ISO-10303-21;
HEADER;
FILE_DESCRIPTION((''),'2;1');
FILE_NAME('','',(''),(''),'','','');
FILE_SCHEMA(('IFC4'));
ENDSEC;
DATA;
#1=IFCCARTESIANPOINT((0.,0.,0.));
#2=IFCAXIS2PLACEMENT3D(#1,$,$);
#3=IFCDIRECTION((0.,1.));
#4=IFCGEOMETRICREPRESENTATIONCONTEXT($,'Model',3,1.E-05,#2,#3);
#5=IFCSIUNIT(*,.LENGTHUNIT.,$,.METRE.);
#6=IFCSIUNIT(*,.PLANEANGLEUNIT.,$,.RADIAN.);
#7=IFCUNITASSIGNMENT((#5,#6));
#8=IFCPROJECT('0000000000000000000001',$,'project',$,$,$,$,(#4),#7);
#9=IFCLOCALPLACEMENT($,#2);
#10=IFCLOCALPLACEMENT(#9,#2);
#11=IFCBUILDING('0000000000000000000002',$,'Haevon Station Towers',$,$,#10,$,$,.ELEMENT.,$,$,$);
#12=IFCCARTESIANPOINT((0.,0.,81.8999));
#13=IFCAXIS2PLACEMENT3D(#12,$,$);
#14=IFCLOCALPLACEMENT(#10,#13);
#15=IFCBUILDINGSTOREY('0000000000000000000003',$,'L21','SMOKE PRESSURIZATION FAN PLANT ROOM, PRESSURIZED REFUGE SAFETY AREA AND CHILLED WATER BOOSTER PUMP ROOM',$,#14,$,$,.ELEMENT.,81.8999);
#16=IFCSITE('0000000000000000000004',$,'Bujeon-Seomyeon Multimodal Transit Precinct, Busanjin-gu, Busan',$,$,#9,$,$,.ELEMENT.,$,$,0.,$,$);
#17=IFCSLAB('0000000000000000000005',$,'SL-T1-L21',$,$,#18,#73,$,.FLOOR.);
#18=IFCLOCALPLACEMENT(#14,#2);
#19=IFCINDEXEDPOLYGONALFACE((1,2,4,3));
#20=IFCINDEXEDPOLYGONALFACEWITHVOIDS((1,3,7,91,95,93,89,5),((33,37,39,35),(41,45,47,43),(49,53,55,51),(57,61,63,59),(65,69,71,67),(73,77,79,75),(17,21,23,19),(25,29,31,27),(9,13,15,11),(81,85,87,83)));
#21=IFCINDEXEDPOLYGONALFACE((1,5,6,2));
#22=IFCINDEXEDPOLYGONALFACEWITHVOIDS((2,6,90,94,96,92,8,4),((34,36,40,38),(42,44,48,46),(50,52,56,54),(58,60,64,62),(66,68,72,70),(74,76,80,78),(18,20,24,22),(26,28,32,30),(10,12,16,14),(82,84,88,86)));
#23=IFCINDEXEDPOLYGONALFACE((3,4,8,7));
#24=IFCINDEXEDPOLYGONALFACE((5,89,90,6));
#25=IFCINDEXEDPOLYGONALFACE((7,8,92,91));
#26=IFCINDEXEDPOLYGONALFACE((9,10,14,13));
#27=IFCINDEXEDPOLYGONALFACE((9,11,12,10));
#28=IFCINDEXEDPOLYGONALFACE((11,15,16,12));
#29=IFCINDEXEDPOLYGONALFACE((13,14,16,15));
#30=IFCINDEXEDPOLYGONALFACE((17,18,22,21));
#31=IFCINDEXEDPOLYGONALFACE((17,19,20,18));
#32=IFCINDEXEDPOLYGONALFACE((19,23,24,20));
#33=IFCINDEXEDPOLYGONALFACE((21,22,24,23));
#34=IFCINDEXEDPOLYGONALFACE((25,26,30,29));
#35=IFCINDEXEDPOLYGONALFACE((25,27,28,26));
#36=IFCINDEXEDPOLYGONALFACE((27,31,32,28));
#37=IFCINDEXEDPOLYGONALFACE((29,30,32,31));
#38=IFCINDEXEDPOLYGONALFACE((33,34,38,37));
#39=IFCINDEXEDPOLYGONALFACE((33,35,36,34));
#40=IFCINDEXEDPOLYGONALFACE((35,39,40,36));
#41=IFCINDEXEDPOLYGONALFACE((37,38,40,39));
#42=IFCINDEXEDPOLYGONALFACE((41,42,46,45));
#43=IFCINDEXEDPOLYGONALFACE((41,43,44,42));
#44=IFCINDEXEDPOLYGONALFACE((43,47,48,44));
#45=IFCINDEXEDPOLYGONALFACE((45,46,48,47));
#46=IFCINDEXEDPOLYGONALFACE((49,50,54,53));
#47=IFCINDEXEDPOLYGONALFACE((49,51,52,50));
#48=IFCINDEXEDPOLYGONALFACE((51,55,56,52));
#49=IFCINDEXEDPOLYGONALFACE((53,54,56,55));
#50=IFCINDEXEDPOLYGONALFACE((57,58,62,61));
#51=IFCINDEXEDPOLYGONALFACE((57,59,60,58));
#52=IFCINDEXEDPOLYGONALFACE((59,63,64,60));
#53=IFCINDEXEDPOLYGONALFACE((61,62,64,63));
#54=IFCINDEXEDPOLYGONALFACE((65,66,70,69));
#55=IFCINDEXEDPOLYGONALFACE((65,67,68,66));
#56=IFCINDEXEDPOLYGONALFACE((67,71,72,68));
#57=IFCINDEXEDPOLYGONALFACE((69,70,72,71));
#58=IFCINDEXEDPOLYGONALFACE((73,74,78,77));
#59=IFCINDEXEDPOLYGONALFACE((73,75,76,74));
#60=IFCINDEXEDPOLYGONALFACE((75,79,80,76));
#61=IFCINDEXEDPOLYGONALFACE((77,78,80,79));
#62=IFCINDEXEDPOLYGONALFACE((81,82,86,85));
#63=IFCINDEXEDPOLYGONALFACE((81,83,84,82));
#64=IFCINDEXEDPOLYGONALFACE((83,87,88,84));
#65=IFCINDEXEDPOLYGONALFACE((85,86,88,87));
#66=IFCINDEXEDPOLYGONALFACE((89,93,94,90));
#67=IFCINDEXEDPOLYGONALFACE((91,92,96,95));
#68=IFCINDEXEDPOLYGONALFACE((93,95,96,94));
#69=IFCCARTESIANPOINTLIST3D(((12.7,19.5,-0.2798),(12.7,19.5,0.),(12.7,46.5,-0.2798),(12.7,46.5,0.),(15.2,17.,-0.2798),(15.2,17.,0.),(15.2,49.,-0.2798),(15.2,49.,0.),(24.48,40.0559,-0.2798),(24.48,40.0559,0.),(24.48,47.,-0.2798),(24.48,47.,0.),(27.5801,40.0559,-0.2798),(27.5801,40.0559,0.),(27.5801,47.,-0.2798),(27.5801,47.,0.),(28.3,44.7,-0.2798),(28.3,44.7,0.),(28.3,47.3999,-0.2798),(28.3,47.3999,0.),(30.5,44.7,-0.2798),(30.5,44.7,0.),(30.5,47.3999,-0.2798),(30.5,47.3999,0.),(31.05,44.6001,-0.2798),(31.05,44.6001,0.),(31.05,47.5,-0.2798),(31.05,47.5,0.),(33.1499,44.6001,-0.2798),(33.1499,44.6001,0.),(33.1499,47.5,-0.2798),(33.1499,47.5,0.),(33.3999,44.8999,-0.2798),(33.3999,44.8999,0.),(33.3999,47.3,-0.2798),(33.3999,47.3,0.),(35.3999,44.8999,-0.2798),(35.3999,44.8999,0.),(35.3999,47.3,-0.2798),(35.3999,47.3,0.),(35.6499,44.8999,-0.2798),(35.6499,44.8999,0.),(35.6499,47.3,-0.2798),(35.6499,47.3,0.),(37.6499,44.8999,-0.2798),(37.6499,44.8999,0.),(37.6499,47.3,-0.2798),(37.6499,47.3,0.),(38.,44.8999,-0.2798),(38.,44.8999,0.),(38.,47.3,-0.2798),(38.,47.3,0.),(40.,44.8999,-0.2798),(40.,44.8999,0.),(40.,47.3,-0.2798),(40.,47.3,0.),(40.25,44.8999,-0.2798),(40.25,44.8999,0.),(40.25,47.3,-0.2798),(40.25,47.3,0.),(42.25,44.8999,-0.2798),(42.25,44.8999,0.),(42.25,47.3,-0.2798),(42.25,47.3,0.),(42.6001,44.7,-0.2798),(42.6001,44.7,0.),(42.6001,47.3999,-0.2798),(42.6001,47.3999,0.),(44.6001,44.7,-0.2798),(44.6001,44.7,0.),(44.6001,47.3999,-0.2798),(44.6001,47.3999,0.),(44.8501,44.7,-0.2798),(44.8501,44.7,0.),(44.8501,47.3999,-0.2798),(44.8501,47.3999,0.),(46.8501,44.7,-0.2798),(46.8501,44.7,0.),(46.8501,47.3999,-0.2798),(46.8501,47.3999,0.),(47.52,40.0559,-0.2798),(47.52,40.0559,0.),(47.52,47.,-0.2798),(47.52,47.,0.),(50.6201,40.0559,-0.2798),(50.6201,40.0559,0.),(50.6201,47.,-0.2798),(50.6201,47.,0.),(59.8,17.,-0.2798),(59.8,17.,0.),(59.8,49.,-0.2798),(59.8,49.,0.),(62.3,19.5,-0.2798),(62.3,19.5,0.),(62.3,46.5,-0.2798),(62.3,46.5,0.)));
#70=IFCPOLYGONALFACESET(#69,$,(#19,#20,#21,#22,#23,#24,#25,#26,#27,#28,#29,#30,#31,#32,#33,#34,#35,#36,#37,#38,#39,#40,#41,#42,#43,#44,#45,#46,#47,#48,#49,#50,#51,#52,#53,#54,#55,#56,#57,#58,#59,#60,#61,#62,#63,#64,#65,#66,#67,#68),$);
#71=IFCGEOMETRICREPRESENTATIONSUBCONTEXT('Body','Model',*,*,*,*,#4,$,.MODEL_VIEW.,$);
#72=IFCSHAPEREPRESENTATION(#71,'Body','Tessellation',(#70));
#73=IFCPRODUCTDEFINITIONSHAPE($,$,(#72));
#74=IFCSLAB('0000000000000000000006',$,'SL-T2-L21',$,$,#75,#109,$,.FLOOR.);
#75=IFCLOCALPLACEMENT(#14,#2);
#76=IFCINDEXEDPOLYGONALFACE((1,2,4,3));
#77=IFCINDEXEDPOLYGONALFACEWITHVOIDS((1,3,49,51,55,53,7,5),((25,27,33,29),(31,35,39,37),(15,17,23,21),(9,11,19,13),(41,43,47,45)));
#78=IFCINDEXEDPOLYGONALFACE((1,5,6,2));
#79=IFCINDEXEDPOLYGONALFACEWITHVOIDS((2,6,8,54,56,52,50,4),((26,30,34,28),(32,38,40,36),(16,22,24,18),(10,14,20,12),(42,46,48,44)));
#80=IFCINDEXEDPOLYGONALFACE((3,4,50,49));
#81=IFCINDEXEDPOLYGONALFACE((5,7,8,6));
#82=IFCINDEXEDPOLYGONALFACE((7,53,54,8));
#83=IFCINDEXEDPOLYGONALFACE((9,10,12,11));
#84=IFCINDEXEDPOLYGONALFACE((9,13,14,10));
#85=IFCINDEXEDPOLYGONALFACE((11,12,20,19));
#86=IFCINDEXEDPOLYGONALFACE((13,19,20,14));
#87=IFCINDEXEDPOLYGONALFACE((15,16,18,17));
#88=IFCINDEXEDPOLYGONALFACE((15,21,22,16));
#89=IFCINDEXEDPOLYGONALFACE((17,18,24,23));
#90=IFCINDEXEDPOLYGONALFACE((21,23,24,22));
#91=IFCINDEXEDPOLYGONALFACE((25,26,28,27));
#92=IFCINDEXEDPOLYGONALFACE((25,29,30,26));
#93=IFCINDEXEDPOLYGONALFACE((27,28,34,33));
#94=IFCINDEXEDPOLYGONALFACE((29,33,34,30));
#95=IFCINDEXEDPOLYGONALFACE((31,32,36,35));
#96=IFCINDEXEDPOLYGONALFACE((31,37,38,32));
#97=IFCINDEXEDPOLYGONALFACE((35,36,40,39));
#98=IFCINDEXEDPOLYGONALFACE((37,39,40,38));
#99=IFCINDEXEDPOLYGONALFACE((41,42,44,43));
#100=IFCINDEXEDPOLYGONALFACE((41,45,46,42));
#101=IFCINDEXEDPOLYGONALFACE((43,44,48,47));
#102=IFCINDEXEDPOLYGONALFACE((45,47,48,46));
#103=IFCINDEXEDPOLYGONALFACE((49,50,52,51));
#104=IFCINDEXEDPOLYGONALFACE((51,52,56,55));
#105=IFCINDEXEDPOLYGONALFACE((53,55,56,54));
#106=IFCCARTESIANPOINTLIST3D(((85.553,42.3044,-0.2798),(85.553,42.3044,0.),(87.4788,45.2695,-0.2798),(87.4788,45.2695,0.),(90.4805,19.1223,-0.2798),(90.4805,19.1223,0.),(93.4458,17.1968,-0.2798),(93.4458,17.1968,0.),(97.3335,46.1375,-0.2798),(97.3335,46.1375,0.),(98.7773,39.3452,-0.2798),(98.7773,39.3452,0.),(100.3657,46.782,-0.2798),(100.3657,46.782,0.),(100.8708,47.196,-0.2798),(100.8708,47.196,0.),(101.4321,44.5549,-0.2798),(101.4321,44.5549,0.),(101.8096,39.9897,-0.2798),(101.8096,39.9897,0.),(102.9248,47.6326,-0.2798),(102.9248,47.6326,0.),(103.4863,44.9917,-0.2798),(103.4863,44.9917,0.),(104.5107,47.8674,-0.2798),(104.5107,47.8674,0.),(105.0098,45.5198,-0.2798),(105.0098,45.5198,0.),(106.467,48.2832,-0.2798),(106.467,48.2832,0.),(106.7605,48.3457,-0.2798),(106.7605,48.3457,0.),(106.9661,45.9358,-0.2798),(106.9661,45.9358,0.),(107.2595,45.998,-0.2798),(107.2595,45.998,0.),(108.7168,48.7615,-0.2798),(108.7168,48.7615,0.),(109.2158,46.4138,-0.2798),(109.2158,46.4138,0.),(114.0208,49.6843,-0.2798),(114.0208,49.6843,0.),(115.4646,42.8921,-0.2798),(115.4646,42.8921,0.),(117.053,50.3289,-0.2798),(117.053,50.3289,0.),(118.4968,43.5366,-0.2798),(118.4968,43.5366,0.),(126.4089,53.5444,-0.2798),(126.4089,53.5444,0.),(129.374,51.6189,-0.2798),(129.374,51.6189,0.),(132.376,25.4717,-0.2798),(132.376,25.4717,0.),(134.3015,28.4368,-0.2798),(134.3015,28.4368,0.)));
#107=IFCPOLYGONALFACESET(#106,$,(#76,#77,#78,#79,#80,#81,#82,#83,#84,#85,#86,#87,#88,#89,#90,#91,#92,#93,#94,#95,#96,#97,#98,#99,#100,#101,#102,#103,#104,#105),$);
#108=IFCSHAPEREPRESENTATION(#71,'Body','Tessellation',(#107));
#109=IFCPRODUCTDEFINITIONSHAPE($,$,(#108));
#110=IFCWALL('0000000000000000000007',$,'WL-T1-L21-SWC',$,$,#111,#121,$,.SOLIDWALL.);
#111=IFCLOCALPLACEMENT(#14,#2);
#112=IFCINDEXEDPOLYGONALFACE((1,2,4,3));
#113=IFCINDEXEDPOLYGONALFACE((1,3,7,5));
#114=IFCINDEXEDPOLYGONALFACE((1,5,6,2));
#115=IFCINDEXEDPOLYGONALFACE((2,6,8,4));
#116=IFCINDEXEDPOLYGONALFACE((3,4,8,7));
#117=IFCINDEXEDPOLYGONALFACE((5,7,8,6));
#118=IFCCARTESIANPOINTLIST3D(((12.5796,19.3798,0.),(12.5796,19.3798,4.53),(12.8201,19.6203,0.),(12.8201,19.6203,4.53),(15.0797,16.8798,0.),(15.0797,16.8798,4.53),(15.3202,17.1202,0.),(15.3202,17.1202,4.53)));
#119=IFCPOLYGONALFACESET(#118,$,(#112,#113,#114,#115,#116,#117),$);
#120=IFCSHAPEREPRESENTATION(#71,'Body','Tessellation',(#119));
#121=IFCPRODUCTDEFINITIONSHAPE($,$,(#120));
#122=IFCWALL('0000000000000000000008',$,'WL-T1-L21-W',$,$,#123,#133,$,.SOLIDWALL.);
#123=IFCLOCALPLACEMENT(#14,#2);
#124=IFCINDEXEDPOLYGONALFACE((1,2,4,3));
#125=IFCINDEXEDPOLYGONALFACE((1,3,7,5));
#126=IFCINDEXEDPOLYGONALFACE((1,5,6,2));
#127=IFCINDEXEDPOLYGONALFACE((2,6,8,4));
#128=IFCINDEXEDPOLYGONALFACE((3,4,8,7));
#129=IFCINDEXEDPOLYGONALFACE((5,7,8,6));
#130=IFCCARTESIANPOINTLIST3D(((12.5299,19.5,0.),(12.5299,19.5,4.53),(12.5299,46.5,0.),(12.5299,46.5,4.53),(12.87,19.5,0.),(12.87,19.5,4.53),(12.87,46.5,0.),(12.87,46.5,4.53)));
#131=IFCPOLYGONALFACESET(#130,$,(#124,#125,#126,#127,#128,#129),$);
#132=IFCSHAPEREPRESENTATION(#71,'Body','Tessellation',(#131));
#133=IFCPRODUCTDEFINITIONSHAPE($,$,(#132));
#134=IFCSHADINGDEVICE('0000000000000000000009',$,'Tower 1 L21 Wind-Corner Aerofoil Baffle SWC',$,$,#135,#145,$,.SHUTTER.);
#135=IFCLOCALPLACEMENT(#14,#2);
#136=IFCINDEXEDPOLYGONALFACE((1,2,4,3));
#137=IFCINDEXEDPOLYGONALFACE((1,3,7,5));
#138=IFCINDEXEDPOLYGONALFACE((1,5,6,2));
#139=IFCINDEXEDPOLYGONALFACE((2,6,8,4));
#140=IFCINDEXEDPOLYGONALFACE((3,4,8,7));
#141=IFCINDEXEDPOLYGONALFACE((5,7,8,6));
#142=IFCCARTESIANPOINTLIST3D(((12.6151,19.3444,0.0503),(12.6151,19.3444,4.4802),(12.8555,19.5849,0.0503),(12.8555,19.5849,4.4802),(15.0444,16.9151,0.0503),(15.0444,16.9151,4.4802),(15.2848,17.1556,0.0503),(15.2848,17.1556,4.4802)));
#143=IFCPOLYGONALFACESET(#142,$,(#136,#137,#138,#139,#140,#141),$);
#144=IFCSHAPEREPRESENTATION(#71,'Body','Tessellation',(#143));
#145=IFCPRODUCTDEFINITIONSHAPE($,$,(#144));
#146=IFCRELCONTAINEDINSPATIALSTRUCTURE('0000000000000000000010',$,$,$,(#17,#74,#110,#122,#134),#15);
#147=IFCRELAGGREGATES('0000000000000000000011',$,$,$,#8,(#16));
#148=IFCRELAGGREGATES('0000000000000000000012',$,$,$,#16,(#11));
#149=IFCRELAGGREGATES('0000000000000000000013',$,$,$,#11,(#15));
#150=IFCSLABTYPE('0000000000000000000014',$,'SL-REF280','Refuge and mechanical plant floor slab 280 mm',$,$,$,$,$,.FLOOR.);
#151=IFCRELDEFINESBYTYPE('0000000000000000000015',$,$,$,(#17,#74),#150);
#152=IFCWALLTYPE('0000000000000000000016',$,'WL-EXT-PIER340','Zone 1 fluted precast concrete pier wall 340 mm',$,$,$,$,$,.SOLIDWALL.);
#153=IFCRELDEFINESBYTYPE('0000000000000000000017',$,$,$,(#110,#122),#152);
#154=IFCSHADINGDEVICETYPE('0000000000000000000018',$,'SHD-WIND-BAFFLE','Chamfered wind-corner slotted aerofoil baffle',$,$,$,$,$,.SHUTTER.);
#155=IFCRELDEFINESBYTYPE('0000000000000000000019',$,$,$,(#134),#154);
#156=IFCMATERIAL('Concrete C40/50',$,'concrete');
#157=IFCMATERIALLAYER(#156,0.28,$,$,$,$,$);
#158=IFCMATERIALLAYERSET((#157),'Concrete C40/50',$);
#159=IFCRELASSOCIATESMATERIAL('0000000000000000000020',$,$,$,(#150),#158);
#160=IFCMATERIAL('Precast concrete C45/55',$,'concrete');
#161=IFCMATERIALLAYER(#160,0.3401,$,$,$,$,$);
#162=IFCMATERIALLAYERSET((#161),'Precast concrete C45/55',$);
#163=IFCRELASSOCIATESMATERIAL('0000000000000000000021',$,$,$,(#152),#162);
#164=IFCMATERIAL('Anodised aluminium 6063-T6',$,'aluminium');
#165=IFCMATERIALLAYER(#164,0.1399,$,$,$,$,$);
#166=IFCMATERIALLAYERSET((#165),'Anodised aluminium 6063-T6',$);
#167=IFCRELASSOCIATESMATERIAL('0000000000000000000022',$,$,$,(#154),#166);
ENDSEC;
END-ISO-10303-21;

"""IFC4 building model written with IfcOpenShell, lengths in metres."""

from ifc_helpers import new_model, si_unit, direction, frame, frame_2d, origin, origin_2d, place, context, subcontext, project, spatial, polyline, rectangle, outline, extrude, material, layer, layer_set, type_object, element, save


model = new_model("IFC4")

# Units and contexts
model_context = context("Model", 3, precision=1e-05, world=origin(), true_north=direction((0.0, 1.0)))
body_context = subcontext(model_context, "Body", "Model", "MODEL_VIEW")
ifc_project = project(units=[si_unit("LENGTHUNIT", "METRE"), si_unit("PLANEANGLEUNIT", "RADIAN")], contexts=[model_context])

# Site, building, storey
site_placement = place(None, origin())
site = spatial("IfcSite", under=ifc_project, at=site_placement, Name="Bujeon-Seomyeon Multimodal Transit Precinct, Busanjin-gu, Busan", CompositionType="ELEMENT", RefElevation=0.0)
building_placement = place(site_placement, origin())
building = spatial("IfcBuilding", under=site, at=building_placement, Name="Haevon Station Towers", CompositionType="ELEMENT")
storey_placement = place(building_placement, frame((0.0, 0.0, 81.8999)))
storey = spatial("IfcBuildingStorey", under=building, at=storey_placement, Name="L21", Description="SMOKE PRESSURIZATION FAN PLANT ROOM, PRESSURIZED REFUGE SAFETY AREA AND CHILLED WATER BOOSTER PUMP ROOM", CompositionType="ELEMENT", Elevation=81.8999)

# Shared definitions
ifc_material_1 = material(Name="Concrete C40/50", Category="concrete")

# Slabs
ifc_layer_1 = layer(ifc_material_1, 0.28)
ifc_layer_set_1 = layer_set([ifc_layer_1], Name="Concrete C40/50")
slab_type_1 = type_object("IfcSlabType", Name="SL-REF280", Description="Refuge and mechanical plant floor slab 280 mm", PredefinedType="FLOOR", material=ifc_layer_set_1)
slab_1_placement = place(storey_placement, frame((0.0, 0.0, -0.2798)))
element("IfcSlab", 1, at=slab_1_placement, inside=storey, type_object=slab_type_1, Name="SL-T1-L21", PredefinedType="FLOOR", context=body_context, shape_type="SweptSolid", body=[
    extrude(outline(polyline([(15.2, 17.0), (59.8, 17.0), (62.3, 19.5), (62.3, 46.5), (59.8, 49.0), (15.2, 49.0), (12.7, 46.5), (12.7, 19.5), (15.2, 17.0)]), holes=[polyline([(27.5801, 40.0559), (27.5801, 47.0), (24.48, 47.0), (24.48, 40.0559), (27.5801, 40.0559)]), polyline([(50.6201, 40.0559), (50.6201, 47.0), (47.52, 47.0), (47.52, 40.0559), (50.6201, 40.0559)]), polyline([(28.3, 44.7), (30.5, 44.7), (30.5, 47.3999), (28.3, 47.3999), (28.3, 44.7)]), polyline([(31.05, 44.6001), (33.1499, 44.6001), (33.1499, 47.5), (31.05, 47.5), (31.05, 44.6001)]), polyline([(33.3999, 44.8999), (35.3999, 44.8999), (35.3999, 47.3), (33.3999, 47.3), (33.3999, 44.8999)]), polyline([(35.6499, 44.8999), (37.6499, 44.8999), (37.6499, 47.3), (35.6499, 47.3), (35.6499, 44.8999)]), polyline([(38.0, 44.8999), (40.0, 44.8999), (40.0, 47.3), (38.0, 47.3), (38.0, 44.8999)]), polyline([(40.25, 44.8999), (42.25, 44.8999), (42.25, 47.3), (40.25, 47.3), (40.25, 44.8999)]), polyline([(42.6001, 44.7), (44.6001, 44.7), (44.6001, 47.3999), (42.6001, 47.3999), (42.6001, 44.7)]), polyline([(44.8501, 44.7), (46.8501, 44.7), (46.8501, 47.3999), (44.8501, 47.3999), (44.8501, 44.7)])]), origin(), (0.0, 0.0, 1.0), 0.2798),
])
slab_2_placement = place(storey_placement, frame((0.0, 0.0, -0.2798)))
element("IfcSlab", 2, at=slab_2_placement, inside=storey, type_object=slab_type_1, Name="SL-T2-L21", PredefinedType="FLOOR", context=body_context, shape_type="SweptSolid", body=[
    extrude(outline(polyline([(93.4458, 17.1968), (132.376, 25.4717), (134.3015, 28.4368), (129.374, 51.6189), (126.4089, 53.5444), (87.4788, 45.2695), (85.553, 42.3044), (90.4805, 19.1223), (93.4458, 17.1968)]), holes=[polyline([(101.8096, 39.9897), (100.3657, 46.782), (97.3335, 46.1375), (98.7773, 39.3452), (101.8096, 39.9897)]), polyline([(118.4968, 43.5366), (117.053, 50.3289), (114.0208, 49.6843), (115.4646, 42.8921), (118.4968, 43.5366)]), polyline([(101.4321, 44.5549), (103.4863, 44.9917), (102.9248, 47.6326), (100.8708, 47.196), (101.4321, 44.5549)]), polyline([(105.0098, 45.5198), (106.9661, 45.9358), (106.467, 48.2832), (104.5107, 47.8674), (105.0098, 45.5198)]), polyline([(107.2595, 45.998), (109.2158, 46.4138), (108.7168, 48.7615), (106.7605, 48.3457), (107.2595, 45.998)])]), origin(), (0.0, 0.0, 1.0), 0.2798),
])

# Walls
ifc_material_2 = material(Name="Precast concrete C45/55", Category="concrete")
ifc_layer_2 = layer(ifc_material_2, 0.3401)
ifc_layer_set_2 = layer_set([ifc_layer_2], Name="Precast concrete C45/55")
wall_type = type_object("IfcWallType", Name="WL-EXT-PIER340", Description="Zone 1 fluted precast concrete pier wall 340 mm", PredefinedType="SOLIDWALL", material=ifc_layer_set_2)
wall_1_placement = place(storey_placement, frame((15.2, 17.0, 0.0), z_axis=(0.0, 0.0, 1.0), x_axis=(-0.707107, 0.707107, 0.0)))
element("IfcWall", 3, at=wall_1_placement, inside=storey, type_object=wall_type, Name="WL-T1-L21-SWC", PredefinedType="SOLIDWALL", context=body_context, shape_type="SweptSolid", body=[
    extrude(rectangle(XDim=3.5356, YDim=0.3401, at=frame_2d((1.7678, 0.0))), origin(), (0.0, 0.0, 1.0), 4.53),
])
wall_2_placement = place(storey_placement, frame((12.7, 19.5, 0.0), z_axis=(0.0, 0.0, 1.0), x_axis=(0.0, 1.0, 0.0)))
element("IfcWall", 4, at=wall_2_placement, inside=storey, type_object=wall_type, Name="WL-T1-L21-W", PredefinedType="SOLIDWALL", context=body_context, shape_type="SweptSolid", body=[
    extrude(rectangle(XDim=27.0, YDim=0.3401, at=frame_2d((13.5, 0.0))), origin(), (0.0, 0.0, 1.0), 4.53),
])

# Shading device
ifc_material_3 = material(Name="Anodised aluminium 6063-T6", Category="aluminium")
ifc_layer_3 = layer(ifc_material_3, 0.1399)
ifc_layer_set_3 = layer_set([ifc_layer_3], Name="Anodised aluminium 6063-T6")
shading_device_type = type_object("IfcShadingDeviceType", Name="SHD-WIND-BAFFLE", Description="Chamfered wind-corner slotted aerofoil baffle", PredefinedType="SHUTTER", material=ifc_layer_set_3)
shading_device_placement = place(storey_placement, frame((13.95, 18.25, 0.0503), z_axis=(0.0, 0.0, 1.0), x_axis=(-0.707107, 0.707107, 0.0)))
element("IfcShadingDevice", 5, at=shading_device_placement, inside=storey, type_object=shading_device_type, Name="Tower 1 L21 Wind-Corner Aerofoil Baffle SWC", PredefinedType="SHUTTER", context=body_context, shape_type="SweptSolid", body=[
    extrude(rectangle(XDim=3.4355, YDim=0.3401, at=origin_2d()), origin(), (0.0, 0.0, 1.0), 4.4299),
])

save(model, "model.ifc")
